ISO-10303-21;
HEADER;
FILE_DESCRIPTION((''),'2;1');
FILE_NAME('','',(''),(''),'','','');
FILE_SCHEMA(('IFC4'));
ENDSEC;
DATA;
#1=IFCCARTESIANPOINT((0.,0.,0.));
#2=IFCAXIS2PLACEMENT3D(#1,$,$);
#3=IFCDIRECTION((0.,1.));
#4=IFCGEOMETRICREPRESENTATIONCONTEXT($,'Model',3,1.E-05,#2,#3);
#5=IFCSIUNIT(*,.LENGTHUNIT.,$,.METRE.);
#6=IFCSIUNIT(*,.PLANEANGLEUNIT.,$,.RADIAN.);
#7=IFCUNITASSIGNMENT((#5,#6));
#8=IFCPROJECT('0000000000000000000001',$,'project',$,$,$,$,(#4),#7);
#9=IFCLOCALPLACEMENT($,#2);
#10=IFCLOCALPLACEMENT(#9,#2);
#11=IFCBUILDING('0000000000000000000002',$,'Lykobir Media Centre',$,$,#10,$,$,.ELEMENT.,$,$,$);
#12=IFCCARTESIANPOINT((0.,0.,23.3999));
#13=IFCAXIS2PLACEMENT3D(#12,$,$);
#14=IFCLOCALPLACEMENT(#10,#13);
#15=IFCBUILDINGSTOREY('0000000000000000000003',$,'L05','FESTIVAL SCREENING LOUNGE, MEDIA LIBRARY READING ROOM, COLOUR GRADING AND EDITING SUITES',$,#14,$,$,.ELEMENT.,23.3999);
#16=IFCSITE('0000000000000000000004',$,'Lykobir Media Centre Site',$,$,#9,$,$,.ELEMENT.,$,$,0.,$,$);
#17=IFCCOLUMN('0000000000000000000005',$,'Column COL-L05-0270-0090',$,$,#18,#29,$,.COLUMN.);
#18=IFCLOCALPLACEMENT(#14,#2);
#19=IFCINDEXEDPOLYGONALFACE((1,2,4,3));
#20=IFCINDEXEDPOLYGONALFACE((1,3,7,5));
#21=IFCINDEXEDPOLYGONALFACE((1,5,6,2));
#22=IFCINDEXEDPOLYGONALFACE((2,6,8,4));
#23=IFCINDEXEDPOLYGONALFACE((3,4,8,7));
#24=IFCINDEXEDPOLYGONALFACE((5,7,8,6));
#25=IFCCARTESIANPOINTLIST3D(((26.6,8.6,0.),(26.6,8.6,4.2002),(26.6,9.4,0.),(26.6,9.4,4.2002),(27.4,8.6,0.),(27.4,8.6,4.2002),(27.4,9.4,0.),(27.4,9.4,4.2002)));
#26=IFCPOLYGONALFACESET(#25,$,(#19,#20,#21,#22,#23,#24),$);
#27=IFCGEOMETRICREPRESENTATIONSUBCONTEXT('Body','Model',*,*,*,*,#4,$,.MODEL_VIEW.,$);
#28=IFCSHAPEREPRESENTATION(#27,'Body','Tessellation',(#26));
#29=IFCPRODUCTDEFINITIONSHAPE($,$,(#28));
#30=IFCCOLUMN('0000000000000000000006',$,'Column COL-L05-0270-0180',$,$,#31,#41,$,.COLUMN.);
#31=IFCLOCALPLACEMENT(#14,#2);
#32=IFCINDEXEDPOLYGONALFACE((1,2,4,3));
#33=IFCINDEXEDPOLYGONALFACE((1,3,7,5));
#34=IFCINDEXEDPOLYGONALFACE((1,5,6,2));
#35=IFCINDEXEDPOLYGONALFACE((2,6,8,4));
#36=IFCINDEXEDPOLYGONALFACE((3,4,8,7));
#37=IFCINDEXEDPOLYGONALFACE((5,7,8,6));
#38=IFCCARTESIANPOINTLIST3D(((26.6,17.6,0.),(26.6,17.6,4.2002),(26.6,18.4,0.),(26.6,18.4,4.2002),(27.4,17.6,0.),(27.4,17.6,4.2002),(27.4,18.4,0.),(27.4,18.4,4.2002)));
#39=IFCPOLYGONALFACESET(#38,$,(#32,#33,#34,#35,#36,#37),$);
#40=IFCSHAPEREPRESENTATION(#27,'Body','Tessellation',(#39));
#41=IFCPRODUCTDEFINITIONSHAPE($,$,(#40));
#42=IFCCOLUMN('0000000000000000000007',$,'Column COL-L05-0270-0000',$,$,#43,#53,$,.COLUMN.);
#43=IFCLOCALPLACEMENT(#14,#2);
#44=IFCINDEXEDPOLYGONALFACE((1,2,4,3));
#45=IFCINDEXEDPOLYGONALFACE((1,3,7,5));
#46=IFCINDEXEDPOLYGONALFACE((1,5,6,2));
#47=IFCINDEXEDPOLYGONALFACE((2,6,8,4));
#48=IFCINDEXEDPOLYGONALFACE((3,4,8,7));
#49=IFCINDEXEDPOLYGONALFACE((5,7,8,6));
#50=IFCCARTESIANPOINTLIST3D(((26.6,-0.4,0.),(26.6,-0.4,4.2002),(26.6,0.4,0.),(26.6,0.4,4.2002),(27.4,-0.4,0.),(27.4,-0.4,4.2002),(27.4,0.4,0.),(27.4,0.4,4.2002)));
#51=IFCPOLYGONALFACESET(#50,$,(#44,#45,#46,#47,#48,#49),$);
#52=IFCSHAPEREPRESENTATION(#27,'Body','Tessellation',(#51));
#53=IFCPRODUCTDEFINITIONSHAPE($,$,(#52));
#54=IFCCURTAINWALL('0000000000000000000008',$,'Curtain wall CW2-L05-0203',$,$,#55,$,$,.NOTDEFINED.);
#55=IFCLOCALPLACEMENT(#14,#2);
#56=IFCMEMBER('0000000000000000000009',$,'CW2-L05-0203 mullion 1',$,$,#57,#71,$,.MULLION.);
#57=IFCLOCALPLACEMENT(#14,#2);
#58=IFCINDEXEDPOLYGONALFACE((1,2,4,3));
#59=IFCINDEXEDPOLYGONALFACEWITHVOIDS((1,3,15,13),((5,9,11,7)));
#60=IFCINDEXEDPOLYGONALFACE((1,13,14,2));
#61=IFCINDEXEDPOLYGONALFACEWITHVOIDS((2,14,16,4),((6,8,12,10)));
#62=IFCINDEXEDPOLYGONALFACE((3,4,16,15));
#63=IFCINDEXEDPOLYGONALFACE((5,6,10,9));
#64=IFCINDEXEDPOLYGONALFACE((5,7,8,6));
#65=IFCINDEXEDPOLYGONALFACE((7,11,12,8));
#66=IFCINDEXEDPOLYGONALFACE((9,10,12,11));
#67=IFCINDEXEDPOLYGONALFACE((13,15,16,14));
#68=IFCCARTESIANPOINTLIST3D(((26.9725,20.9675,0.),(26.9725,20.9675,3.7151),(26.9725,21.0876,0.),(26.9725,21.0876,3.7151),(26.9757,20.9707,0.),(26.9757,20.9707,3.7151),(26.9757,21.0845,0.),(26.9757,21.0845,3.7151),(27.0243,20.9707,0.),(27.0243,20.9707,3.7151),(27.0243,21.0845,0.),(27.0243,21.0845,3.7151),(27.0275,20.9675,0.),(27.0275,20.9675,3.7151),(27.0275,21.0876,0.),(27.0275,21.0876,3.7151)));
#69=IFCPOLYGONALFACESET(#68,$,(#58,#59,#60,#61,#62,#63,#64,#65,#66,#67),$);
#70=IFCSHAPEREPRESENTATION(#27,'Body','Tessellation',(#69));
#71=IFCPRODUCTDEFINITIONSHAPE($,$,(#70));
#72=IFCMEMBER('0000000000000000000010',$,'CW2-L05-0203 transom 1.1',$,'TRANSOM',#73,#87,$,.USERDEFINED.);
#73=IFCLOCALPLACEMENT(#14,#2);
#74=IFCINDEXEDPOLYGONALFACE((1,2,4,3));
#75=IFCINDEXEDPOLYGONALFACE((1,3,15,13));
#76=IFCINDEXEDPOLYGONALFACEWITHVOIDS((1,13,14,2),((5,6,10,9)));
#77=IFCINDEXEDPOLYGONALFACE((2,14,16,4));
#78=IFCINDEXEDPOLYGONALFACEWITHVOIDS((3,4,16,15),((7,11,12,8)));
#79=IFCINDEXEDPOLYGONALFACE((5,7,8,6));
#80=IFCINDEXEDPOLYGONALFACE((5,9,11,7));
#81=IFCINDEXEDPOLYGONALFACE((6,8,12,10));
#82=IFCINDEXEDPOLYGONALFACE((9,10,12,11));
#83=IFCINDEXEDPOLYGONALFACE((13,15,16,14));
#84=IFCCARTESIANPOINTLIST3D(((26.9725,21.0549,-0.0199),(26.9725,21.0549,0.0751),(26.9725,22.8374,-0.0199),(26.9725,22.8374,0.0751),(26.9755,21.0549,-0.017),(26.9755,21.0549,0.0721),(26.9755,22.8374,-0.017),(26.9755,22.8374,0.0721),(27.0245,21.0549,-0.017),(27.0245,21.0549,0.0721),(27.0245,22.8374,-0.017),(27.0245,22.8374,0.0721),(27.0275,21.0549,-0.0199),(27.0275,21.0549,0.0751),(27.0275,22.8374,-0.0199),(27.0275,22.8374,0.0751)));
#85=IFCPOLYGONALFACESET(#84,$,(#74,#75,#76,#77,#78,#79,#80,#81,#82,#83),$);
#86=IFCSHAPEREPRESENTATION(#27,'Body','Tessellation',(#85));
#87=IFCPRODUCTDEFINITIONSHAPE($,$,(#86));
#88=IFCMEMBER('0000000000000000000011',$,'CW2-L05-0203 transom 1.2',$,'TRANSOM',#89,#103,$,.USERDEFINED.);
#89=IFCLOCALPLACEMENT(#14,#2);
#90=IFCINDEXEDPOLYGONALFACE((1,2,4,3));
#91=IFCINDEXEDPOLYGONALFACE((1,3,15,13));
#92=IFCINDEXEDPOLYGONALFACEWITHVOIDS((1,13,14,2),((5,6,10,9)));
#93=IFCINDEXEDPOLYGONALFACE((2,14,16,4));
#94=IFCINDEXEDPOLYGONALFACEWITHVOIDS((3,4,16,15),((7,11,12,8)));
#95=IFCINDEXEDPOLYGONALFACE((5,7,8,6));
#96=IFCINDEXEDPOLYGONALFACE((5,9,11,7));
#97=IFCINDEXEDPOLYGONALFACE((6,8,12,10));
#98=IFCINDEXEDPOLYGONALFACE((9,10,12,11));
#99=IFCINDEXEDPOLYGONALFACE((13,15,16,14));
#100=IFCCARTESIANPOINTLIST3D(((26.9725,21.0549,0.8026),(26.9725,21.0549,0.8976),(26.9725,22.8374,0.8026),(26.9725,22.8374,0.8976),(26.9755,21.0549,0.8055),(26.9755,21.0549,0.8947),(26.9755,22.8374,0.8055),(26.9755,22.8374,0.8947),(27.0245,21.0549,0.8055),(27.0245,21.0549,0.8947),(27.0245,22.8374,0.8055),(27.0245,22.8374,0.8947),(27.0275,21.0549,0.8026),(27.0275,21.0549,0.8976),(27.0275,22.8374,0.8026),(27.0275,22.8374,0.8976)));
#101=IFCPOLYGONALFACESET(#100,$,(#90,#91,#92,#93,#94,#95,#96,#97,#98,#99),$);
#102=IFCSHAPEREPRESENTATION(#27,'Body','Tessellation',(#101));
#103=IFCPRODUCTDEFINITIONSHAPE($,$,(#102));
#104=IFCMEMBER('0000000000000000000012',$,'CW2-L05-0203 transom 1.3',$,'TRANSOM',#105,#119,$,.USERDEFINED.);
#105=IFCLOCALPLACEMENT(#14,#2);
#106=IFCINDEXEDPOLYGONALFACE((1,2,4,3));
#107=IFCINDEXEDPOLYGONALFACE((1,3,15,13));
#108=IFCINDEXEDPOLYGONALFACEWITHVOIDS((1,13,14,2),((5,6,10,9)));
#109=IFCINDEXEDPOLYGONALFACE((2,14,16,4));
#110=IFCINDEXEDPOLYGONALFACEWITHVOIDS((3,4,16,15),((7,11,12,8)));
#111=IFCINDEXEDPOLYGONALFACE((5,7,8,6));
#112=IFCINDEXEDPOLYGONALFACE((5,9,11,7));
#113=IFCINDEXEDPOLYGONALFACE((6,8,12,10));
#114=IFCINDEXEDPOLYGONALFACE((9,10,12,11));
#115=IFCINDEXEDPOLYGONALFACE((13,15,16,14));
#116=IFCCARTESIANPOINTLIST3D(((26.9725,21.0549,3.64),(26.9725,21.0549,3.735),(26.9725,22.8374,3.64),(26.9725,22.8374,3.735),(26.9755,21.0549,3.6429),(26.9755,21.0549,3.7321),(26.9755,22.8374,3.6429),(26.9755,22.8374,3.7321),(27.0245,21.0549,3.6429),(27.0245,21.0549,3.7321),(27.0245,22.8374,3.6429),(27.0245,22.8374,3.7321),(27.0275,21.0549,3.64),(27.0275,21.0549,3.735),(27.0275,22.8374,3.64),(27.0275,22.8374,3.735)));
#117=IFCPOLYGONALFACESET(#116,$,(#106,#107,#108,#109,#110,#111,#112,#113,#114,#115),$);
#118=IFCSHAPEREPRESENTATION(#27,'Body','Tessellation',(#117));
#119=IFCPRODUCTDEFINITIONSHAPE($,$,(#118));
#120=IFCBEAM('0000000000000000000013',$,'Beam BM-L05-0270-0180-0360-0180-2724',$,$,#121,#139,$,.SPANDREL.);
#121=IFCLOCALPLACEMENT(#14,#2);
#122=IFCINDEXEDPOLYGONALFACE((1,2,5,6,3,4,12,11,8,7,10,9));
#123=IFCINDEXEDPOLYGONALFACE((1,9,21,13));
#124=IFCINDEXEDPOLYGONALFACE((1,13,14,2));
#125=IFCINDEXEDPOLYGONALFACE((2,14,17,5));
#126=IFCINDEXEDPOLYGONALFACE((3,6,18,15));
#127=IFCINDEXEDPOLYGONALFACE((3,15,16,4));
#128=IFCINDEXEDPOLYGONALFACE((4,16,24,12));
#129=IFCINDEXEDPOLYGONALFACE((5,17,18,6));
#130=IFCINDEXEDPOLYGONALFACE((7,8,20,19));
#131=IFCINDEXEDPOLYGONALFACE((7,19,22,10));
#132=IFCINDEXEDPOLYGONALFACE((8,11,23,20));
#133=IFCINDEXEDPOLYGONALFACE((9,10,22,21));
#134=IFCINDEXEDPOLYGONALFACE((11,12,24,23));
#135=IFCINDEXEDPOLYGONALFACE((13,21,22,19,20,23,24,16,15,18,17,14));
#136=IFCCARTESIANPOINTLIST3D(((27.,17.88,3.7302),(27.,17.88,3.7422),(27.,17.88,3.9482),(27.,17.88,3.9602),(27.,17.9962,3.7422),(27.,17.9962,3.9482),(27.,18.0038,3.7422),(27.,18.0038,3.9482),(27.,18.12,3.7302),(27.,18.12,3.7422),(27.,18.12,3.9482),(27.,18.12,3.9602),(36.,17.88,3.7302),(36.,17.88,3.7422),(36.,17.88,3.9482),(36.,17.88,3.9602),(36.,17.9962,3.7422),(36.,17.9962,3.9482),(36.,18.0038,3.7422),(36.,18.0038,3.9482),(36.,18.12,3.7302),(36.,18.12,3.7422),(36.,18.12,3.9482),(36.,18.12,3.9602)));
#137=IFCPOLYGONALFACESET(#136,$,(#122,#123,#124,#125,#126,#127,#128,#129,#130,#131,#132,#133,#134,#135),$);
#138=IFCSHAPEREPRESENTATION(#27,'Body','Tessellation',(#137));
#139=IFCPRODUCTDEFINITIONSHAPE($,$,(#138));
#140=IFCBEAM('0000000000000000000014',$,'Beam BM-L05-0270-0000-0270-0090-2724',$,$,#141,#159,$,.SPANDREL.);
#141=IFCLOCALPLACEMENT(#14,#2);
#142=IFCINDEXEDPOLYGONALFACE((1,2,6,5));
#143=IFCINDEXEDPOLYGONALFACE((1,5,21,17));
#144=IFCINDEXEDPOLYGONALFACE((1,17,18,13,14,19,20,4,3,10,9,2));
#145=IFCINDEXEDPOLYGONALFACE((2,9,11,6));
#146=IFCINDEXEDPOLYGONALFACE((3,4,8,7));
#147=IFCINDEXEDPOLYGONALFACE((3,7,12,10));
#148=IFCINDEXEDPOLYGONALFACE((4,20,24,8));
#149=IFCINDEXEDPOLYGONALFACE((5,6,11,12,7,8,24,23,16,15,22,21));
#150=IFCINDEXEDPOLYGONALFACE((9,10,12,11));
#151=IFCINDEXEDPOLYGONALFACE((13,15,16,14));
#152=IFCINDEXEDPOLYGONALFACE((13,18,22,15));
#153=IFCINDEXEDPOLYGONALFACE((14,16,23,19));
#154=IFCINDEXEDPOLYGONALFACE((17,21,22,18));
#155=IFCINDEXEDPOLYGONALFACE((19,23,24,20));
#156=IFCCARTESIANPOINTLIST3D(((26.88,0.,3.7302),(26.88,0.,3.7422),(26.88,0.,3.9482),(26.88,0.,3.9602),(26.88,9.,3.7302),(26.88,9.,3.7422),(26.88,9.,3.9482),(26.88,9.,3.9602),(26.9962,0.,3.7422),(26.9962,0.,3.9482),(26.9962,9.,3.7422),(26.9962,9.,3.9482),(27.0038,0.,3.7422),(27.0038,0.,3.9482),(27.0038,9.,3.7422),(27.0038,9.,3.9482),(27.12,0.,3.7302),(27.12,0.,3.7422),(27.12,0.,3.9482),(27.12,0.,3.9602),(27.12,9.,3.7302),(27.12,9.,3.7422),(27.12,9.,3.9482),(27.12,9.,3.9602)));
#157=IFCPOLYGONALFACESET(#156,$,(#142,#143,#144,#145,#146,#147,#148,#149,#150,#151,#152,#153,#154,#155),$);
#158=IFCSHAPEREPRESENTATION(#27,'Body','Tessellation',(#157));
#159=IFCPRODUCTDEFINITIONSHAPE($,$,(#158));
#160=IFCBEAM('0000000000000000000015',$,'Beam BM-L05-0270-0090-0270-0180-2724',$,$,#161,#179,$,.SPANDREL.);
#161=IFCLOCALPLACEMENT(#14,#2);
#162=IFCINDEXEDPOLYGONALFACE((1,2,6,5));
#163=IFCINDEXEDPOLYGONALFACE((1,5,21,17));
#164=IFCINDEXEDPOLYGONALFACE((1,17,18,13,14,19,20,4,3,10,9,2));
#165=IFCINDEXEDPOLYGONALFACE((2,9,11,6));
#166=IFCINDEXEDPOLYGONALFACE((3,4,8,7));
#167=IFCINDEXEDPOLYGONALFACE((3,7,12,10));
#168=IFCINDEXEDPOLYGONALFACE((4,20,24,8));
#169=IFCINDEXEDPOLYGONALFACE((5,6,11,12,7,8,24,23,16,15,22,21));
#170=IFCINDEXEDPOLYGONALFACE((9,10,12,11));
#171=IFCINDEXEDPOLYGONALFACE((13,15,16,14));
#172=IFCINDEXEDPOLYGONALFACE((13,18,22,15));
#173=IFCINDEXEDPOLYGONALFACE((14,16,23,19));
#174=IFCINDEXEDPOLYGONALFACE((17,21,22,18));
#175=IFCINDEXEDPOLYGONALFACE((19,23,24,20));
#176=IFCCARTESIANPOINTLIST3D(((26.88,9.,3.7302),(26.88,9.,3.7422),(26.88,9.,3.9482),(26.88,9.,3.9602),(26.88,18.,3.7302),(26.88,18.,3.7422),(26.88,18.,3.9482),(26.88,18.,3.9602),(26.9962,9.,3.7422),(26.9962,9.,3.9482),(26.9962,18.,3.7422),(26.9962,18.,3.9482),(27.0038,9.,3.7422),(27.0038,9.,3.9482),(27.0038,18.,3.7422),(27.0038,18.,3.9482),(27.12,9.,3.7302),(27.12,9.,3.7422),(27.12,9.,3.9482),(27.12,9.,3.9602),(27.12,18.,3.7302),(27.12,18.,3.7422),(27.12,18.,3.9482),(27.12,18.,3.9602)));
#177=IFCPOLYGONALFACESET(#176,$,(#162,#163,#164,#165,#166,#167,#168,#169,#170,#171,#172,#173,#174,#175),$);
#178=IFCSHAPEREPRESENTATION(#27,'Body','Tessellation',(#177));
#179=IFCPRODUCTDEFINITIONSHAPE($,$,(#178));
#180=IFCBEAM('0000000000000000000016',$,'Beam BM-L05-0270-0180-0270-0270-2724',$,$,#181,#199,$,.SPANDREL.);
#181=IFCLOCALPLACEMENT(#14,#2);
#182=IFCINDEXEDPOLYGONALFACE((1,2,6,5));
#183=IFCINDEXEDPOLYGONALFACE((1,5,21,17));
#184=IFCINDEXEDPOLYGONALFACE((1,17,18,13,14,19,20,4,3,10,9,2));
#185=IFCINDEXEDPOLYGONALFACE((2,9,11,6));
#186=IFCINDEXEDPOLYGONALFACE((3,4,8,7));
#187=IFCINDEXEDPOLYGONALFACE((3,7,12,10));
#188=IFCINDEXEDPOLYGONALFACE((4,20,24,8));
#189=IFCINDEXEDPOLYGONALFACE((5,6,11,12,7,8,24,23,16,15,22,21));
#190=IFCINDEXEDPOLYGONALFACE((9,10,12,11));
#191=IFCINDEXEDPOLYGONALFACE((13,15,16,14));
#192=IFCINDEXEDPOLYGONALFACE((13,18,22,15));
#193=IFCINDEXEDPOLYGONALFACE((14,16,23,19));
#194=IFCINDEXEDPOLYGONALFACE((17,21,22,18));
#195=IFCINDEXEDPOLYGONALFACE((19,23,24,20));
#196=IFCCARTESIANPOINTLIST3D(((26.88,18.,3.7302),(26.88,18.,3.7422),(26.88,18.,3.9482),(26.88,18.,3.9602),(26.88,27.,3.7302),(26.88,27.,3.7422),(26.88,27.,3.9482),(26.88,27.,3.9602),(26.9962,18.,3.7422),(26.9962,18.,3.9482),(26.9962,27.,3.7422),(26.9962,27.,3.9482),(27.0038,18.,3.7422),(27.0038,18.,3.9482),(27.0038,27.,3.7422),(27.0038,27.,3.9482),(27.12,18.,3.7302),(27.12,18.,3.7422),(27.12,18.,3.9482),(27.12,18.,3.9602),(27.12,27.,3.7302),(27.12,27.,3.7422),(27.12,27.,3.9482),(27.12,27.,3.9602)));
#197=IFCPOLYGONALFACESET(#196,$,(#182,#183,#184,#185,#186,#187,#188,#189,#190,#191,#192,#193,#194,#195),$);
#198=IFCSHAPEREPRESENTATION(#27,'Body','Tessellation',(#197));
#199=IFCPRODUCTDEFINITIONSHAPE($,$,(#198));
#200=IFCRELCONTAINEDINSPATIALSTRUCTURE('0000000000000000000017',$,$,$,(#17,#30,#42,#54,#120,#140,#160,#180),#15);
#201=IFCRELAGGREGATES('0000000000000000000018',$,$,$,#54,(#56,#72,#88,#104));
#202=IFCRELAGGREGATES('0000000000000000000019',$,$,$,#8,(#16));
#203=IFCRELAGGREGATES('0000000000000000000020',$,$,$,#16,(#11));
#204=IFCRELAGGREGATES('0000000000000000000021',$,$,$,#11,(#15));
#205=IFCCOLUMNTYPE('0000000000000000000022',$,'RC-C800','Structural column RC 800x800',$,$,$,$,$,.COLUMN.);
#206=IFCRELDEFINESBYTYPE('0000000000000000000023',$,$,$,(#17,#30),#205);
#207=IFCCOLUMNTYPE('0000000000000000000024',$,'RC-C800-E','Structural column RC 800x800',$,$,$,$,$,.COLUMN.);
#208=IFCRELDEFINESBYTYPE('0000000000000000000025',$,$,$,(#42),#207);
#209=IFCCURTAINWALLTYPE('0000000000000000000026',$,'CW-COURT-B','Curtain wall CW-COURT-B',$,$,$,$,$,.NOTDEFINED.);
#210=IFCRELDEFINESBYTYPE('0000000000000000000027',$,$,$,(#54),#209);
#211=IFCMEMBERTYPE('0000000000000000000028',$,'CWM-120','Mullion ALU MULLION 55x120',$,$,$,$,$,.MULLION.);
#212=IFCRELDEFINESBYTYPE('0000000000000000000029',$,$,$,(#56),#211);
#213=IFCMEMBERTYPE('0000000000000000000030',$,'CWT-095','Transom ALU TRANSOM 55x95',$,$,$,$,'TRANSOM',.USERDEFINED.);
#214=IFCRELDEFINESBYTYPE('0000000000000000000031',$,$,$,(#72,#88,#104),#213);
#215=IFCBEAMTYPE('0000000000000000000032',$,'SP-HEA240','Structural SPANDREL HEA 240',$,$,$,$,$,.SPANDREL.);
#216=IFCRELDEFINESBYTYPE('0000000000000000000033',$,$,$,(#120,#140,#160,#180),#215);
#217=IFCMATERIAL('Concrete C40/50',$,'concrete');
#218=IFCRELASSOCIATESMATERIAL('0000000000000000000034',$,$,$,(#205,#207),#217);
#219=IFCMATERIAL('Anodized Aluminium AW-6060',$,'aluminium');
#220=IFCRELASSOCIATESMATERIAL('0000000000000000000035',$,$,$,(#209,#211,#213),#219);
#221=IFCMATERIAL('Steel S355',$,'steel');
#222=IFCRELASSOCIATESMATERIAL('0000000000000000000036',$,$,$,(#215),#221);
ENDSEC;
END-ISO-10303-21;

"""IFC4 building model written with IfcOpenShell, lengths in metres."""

from ifc_helpers import new_model, si_unit, direction, frame, origin, origin_2d, place, context, subcontext, project, spatial, rectangle, hollow_rectangle, i_section, extrude, material, material_profile, profile_set, type_object, element, aggregate, save


model = new_model("IFC4")

# Units and contexts
model_context = context("Model", 3, precision=1e-05, world=origin(), true_north=direction((0.0, 1.0)))
body_context = subcontext(model_context, "Body", "Model", "MODEL_VIEW")
ifc_project = project(units=[si_unit("LENGTHUNIT", "METRE"), si_unit("PLANEANGLEUNIT", "RADIAN")], contexts=[model_context])

# Site, building, storey
site_placement = place(None, origin())
site = spatial("IfcSite", under=ifc_project, at=site_placement, Name="Lykobir Media Centre Site", CompositionType="ELEMENT", RefElevation=0.0)
building_placement = place(site_placement, origin())
building = spatial("IfcBuilding", under=site, at=building_placement, Name="Lykobir Media Centre", CompositionType="ELEMENT")
storey_placement = place(building_placement, frame((0.0, 0.0, 23.3999)))
storey = spatial("IfcBuildingStorey", under=building, at=storey_placement, Name="L05", Description="FESTIVAL SCREENING LOUNGE, MEDIA LIBRARY READING ROOM, COLOUR GRADING AND EDITING SUITES", CompositionType="ELEMENT", Elevation=23.3999)

# Columns
ifc_material_1 = material(Name="Concrete C40/50", Category="concrete")
ifc_material_profile_1 = material_profile(ifc_material_1, rectangle(XDim=0.8, YDim=0.8, at=origin_2d()), Name="RC 800x800")
ifc_profile_set_1 = profile_set([ifc_material_profile_1], Name="Concrete C40/50")
column_type_1 = type_object("IfcColumnType", Name="RC-C800", Description="Structural column RC 800x800", PredefinedType="COLUMN", material=ifc_profile_set_1)
for number, where, z_axis, x_axis, name in (
    (1, (27.0, 9.0, 0.0), (0.0, 0.0, 1.0), (1.0, 0.0, 0.0), "Column COL-L05-0270-0090"),
    (2, (27.0, 18.0, 0.0), (0.0, 0.0, 1.0), (1.0, 0.0, 0.0), "Column COL-L05-0270-0180"),
):
    element("IfcColumn", number, at=place(storey_placement, frame(where, z_axis=z_axis, x_axis=x_axis)), inside=storey, type_object=column_type_1, Name=name, PredefinedType="COLUMN", context=body_context, shape_type="SweptSolid", body=[
        extrude(rectangle(XDim=0.8, YDim=0.8, at=origin_2d()), origin(), (0.0, 0.0, 1.0), 4.2002),
    ])
ifc_material_profile_2 = material_profile(ifc_material_1, rectangle(XDim=0.8, YDim=0.8, at=origin_2d()), Name="RC 800x800")
ifc_profile_set_2 = profile_set([ifc_material_profile_2], Name="Concrete C40/50")
column_type_2 = type_object("IfcColumnType", Name="RC-C800-E", Description="Structural column RC 800x800", PredefinedType="COLUMN", material=ifc_profile_set_2)
column_placement = place(storey_placement, frame((27.0, 0.0, 0.0), z_axis=(0.0, 0.0, 1.0), x_axis=(1.0, 0.0, 0.0)))
element("IfcColumn", 3, at=column_placement, inside=storey, type_object=column_type_2, Name="Column COL-L05-0270-0000", PredefinedType="COLUMN", context=body_context, shape_type="SweptSolid", body=[
    extrude(rectangle(XDim=0.8, YDim=0.8, at=origin_2d()), origin(), (0.0, 0.0, 1.0), 4.2002),
])

# Curtain wall, members
ifc_material_2 = material(Name="Anodized Aluminium AW-6060", Category="aluminium")
curtain_wall_type = type_object("IfcCurtainWallType", Name="CW-COURT-B", Description="Curtain wall CW-COURT-B", PredefinedType="NOTDEFINED", material=ifc_material_2)
curtain_wall_placement = place(storey_placement, origin())
curtain_wall = element("IfcCurtainWall", 4, at=curtain_wall_placement, inside=storey, type_object=curtain_wall_type, Name="Curtain wall CW2-L05-0203", PredefinedType="NOTDEFINED")
ifc_material_profile_3 = material_profile(ifc_material_2, hollow_rectangle(XDim=0.0549, YDim=0.1201, WallThickness=0.0032, at=origin_2d()), Name="ALU MULLION 55x120")
ifc_profile_set_3 = profile_set([ifc_material_profile_3], Name="Anodized Aluminium AW-6060")
member_type_1 = type_object("IfcMemberType", Name="CWM-120", Description="Mullion ALU MULLION 55x120", PredefinedType="MULLION", material=ifc_profile_set_3)
member_1_placement = place(storey_placement, frame((27.0, 21.0276, 0.0), z_axis=(0.0, 0.0, 1.0), x_axis=(-1.0, 0.0, 0.0)))
member_1 = element("IfcMember", 5, at=member_1_placement, type_object=member_type_1, Name="CW2-L05-0203 mullion 1", PredefinedType="MULLION", context=body_context, shape_type="SweptSolid", body=[
    extrude(hollow_rectangle(XDim=0.0549, YDim=0.1201, WallThickness=0.0032, at=origin_2d()), origin(), (0.0, 0.0, 1.0), 3.7151),
])
ifc_material_profile_4 = material_profile(ifc_material_2, hollow_rectangle(XDim=0.0549, YDim=0.095, WallThickness=0.0029, at=origin_2d()), Name="ALU TRANSOM 55x95")
ifc_profile_set_4 = profile_set([ifc_material_profile_4], Name="Anodized Aluminium AW-6060")
member_type_2 = type_object("IfcMemberType", Name="CWT-095", Description="Transom ALU TRANSOM 55x95", ElementType="TRANSOM", PredefinedType="USERDEFINED", material=ifc_profile_set_4)
member_2_placement = place(storey_placement, frame((27.0, 21.0549, 0.0276), z_axis=(0.0, 1.0, 0.0), x_axis=(-1.0, 0.0, 0.0)))
member_2 = element("IfcMember", 6, at=member_2_placement, type_object=member_type_2, Name="CW2-L05-0203 transom 1.1", ObjectType="TRANSOM", PredefinedType="USERDEFINED", context=body_context, shape_type="SweptSolid", body=[
    extrude(hollow_rectangle(XDim=0.0549, YDim=0.095, WallThickness=0.0029, at=origin_2d()), origin(), (0.0, 0.0, 1.0), 1.7825),
])
member_3_placement = place(storey_placement, frame((27.0, 21.0549, 0.8501), z_axis=(0.0, 1.0, 0.0), x_axis=(-1.0, 0.0, 0.0)))
member_3 = element("IfcMember", 7, at=member_3_placement, type_object=member_type_2, Name="CW2-L05-0203 transom 1.2", ObjectType="TRANSOM", PredefinedType="USERDEFINED", context=body_context, shape_type="SweptSolid", body=[
    extrude(hollow_rectangle(XDim=0.0549, YDim=0.095, WallThickness=0.0029, at=origin_2d()), origin(), (0.0, 0.0, 1.0), 1.7825),
])
member_4_placement = place(storey_placement, frame((27.0, 21.0549, 3.6875), z_axis=(0.0, 1.0, 0.0), x_axis=(-1.0, 0.0, 0.0)))
member_4 = element("IfcMember", 8, at=member_4_placement, type_object=member_type_2, Name="CW2-L05-0203 transom 1.3", ObjectType="TRANSOM", PredefinedType="USERDEFINED", context=body_context, shape_type="SweptSolid", body=[
    extrude(hollow_rectangle(XDim=0.0549, YDim=0.095, WallThickness=0.0029, at=origin_2d()), origin(), (0.0, 0.0, 1.0), 1.7825),
])
aggregate(curtain_wall, [member_1, member_2, member_3, member_4])

# Beams
ifc_material_3 = material(Name="Steel S355", Category="steel")
ifc_material_profile_5 = material_profile(ifc_material_3, i_section(OverallWidth=0.24, OverallDepth=0.23, WebThickness=0.0076, FlangeThickness=0.012, at=origin_2d()), Name="HEA 240")
ifc_profile_set_5 = profile_set([ifc_material_profile_5], Name="Steel S355")
beam_type_1 = type_object("IfcBeamType", Name="SP-HEA240", Description="Structural SPANDREL HEA 240", PredefinedType="SPANDREL", material=ifc_profile_set_5)
for number, where, z_axis, x_axis, name in (
    (9, (27.0, 18.0, 3.8452), (1.0, 0.0, 0.0), (0.0, 1.0, 0.0), "Beam BM-L05-0270-0180-0360-0180-2724"),
    (10, (27.0, 0.0, 3.8452), (0.0, 1.0, 0.0), (-1.0, 0.0, 0.0), "Beam BM-L05-0270-0000-0270-0090-2724"),
    (11, (27.0, 9.0, 3.8452), (0.0, 1.0, 0.0), (-1.0, 0.0, 0.0), "Beam BM-L05-0270-0090-0270-0180-2724"),
    (12, (27.0, 18.0, 3.8452), (0.0, 1.0, 0.0), (-1.0, 0.0, 0.0), "Beam BM-L05-0270-0180-0270-0270-2724"),
):
    element("IfcBeam", number, at=place(storey_placement, frame(where, z_axis=z_axis, x_axis=x_axis)), inside=storey, type_object=beam_type_1, Name=name, PredefinedType="SPANDREL", context=body_context, shape_type="SweptSolid", body=[
        extrude(i_section(OverallWidth=0.24, OverallDepth=0.23, WebThickness=0.0076, FlangeThickness=0.012, at=origin_2d()), origin(), (0.0, 0.0, 1.0), 9.0),
    ])

save(model, "model.ifc")
